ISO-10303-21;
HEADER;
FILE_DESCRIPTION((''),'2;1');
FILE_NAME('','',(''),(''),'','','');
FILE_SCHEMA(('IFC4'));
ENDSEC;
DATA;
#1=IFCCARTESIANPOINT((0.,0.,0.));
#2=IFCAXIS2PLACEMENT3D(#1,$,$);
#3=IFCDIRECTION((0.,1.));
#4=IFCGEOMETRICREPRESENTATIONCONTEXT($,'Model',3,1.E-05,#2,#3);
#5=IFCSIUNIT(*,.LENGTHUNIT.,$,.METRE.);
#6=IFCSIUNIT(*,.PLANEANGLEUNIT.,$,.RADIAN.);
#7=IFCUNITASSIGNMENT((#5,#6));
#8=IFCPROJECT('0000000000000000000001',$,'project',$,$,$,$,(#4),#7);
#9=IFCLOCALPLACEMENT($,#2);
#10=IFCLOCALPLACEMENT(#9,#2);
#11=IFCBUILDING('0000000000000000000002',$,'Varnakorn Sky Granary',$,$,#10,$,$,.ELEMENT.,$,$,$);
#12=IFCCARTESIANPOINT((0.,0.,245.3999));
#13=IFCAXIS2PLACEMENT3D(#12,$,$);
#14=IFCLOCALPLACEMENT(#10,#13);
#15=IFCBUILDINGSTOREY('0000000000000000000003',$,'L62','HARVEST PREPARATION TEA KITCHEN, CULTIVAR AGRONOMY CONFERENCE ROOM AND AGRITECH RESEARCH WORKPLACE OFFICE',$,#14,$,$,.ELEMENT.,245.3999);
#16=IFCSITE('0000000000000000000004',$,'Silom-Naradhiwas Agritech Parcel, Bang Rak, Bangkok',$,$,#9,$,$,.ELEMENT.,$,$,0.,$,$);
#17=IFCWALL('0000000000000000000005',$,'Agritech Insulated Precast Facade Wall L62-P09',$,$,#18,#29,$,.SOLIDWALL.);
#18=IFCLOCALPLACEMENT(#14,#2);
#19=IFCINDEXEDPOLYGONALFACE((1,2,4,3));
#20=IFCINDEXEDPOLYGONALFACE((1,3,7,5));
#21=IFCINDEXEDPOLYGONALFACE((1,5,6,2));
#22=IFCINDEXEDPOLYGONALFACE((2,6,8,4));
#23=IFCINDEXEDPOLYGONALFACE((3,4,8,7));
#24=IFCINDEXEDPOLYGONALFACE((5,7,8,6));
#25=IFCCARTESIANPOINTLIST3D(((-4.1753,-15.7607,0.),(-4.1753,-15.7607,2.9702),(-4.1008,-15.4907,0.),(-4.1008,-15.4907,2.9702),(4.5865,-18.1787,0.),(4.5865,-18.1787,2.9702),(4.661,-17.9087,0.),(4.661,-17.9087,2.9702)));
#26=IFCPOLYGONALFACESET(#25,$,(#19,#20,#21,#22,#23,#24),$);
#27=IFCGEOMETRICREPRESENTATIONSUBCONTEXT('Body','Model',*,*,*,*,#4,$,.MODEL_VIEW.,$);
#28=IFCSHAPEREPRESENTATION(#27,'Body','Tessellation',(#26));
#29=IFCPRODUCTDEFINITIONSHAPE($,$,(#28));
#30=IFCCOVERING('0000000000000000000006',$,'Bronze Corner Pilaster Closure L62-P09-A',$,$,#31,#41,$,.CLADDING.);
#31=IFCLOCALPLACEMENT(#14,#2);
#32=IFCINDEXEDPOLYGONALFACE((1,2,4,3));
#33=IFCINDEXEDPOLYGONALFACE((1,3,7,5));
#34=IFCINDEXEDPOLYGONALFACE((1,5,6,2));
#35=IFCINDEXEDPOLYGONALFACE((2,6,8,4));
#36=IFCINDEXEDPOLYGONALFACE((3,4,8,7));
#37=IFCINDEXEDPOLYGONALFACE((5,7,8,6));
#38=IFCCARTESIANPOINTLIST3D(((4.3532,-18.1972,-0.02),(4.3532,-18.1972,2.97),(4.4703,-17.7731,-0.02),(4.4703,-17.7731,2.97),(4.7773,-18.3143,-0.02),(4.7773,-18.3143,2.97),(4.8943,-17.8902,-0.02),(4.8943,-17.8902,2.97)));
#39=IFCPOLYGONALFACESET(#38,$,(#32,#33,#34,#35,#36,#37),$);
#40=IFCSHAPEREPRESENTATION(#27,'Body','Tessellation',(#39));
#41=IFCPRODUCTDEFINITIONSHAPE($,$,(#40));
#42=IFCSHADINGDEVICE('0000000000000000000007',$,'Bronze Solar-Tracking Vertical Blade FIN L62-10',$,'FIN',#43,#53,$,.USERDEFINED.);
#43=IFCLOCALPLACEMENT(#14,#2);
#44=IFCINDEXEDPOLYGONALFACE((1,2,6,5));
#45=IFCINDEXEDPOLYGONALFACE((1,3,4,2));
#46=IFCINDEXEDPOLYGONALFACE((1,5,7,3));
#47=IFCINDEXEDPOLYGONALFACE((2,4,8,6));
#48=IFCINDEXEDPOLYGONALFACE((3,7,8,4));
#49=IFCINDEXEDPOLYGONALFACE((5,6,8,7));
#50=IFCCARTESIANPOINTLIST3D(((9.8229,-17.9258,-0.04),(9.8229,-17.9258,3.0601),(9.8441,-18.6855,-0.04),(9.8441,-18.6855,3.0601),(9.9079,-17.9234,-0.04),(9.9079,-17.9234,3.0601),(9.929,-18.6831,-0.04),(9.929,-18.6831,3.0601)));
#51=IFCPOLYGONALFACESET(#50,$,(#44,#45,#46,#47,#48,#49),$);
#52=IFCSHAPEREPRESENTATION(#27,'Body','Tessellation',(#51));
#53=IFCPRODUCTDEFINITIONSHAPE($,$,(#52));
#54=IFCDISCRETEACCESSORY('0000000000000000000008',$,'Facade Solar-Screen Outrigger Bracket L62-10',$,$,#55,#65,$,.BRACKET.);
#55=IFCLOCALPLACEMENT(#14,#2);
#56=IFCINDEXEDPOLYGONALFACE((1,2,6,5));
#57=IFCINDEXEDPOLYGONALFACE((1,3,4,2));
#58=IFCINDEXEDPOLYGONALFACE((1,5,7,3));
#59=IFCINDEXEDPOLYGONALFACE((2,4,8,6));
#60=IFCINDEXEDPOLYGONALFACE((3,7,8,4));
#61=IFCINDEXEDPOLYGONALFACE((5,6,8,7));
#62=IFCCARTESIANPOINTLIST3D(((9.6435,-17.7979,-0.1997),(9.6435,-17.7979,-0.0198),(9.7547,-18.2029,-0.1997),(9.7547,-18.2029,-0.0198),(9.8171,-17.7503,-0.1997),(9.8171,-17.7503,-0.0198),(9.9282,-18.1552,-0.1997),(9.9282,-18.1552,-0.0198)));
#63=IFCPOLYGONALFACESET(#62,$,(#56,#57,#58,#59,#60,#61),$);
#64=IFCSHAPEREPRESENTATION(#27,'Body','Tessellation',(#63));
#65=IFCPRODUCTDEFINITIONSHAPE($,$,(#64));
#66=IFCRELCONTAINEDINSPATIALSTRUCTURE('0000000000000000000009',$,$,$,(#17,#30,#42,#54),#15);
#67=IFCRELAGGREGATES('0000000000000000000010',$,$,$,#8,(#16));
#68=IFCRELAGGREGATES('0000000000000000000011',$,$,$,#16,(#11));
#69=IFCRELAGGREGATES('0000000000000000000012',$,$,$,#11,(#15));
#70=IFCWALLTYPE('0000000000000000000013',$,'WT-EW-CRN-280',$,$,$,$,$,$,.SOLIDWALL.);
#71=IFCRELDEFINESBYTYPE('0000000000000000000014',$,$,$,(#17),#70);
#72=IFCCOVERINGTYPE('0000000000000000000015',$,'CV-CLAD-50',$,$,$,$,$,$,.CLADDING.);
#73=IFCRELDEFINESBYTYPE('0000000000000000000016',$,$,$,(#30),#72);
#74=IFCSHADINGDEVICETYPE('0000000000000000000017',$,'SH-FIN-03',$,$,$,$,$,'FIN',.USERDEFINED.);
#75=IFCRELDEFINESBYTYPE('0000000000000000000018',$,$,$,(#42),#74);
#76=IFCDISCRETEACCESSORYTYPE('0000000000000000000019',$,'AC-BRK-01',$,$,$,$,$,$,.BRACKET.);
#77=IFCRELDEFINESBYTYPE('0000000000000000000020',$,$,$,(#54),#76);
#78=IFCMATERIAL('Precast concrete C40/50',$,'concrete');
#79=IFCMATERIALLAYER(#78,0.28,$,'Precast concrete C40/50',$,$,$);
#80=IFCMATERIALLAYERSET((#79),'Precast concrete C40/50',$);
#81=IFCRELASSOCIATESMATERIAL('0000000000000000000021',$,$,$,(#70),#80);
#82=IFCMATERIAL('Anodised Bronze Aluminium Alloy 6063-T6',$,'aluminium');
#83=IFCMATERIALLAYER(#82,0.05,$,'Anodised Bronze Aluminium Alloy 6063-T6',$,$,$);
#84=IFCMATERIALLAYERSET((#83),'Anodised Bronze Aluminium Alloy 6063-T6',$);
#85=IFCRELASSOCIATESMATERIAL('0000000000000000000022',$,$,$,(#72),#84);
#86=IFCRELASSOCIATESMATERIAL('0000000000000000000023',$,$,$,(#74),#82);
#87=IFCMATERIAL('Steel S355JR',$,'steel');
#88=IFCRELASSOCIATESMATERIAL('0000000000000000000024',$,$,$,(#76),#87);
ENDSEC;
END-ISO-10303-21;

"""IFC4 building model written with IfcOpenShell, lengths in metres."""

from ifc_helpers import new_model, si_unit, direction, frame, frame_2d, origin, origin_2d, place, context, subcontext, project, spatial, rectangle, extrude, source, transform, mapped, material, layer, layer_set, type_object, type_shapes, element, save


model = new_model("IFC4")

# Units and contexts
model_context = context("Model", 3, precision=1e-05, world=origin(), true_north=direction((0.0, 1.0)))
body_context = subcontext(model_context, "Body", "Model", "MODEL_VIEW")
ifc_project = project(units=[si_unit("LENGTHUNIT", "METRE"), si_unit("PLANEANGLEUNIT", "RADIAN")], contexts=[model_context])

# Site, building, storey
site_placement = place(None, origin())
site = spatial("IfcSite", under=ifc_project, at=site_placement, Name="Silom-Naradhiwas Agritech Parcel, Bang Rak, Bangkok", CompositionType="ELEMENT", RefElevation=0.0)
building_placement = place(site_placement, origin())
building = spatial("IfcBuilding", under=site, at=building_placement, Name="Varnakorn Sky Granary", CompositionType="ELEMENT")
storey_placement = place(building_placement, frame((0.0, 0.0, 245.3999)))
storey = spatial("IfcBuildingStorey", under=building, at=storey_placement, Name="L62", Description="HARVEST PREPARATION TEA KITCHEN, CULTIVAR AGRONOMY CONFERENCE ROOM AND AGRITECH RESEARCH WORKPLACE OFFICE", CompositionType="ELEMENT", Elevation=245.3999)

# Shared definitions
ifc_material_1 = material(Name="Steel S355JR", Category="steel")

# Shared definitions
ifc_material_2 = material(Name="Anodised Bronze Aluminium Alloy 6063-T6", Category="aluminium")

# Wall
ifc_material_3 = material(Name="Precast concrete C40/50", Category="concrete")
ifc_layer_1 = layer(ifc_material_3, 0.28, Name="Precast concrete C40/50")
ifc_layer_set_1 = layer_set([ifc_layer_1], Name="Precast concrete C40/50")
wall_type = type_object("IfcWallType", Name="WT-EW-CRN-280", PredefinedType="SOLIDWALL", material=ifc_layer_set_1)
wall_placement = place(storey_placement, frame((4.6238, -18.0437, 0.0), z_axis=(0.0, 0.0, 1.0), x_axis=(-0.963966, 0.266025, 0.0)))
element("IfcWall", 1, at=wall_placement, inside=storey, type_object=wall_type, Name="Agritech Insulated Precast Facade Wall L62-P09", PredefinedType="SOLIDWALL", context=body_context, shape_type="SweptSolid", body=[
    extrude(rectangle(XDim=9.0894, YDim=0.28, at=frame_2d((4.5447, 0.0))), origin(), (0.0, 0.0, 1.0), 2.9702),
])

# Covering
ifc_layer_2 = layer(ifc_material_2, 0.05, Name="Anodised Bronze Aluminium Alloy 6063-T6")
ifc_layer_set_2 = layer_set([ifc_layer_2], Name="Anodised Bronze Aluminium Alloy 6063-T6")
covering_type = type_object("IfcCoveringType", Name="CV-CLAD-50", PredefinedType="CLADDING", material=ifc_layer_set_2)
shared_shape_1 = source(origin(), body_context, "Body", "SweptSolid", [
    extrude(rectangle(XDim=0.4399, YDim=0.4399, at=origin_2d()), origin(), (0.0, 0.0, 1.0), 2.99),
])
type_shapes(covering_type, [shared_shape_1])
covering_placement = place(storey_placement, frame((4.6238, -18.0437, -0.02), z_axis=(0.0, 0.0, 1.0), x_axis=(-0.963956, 0.266061, 0.0)))
element("IfcCovering", 2, at=covering_placement, inside=storey, type_object=covering_type, Name="Bronze Corner Pilaster Closure L62-P09-A", PredefinedType="CLADDING", context=body_context, shape_type="MappedRepresentation", body=[
    mapped(shared_shape_1, transform((0.0, 0.0, 0.0), x_axis=(1.0, 0.0, 0.0), y_axis=(0.0, 1.0, 0.0), z_axis=(0.0, 0.0, 1.0), scale=1.0)),
])

# Shading device
shading_device_type = type_object("IfcShadingDeviceType", Name="SH-FIN-03", ElementType="FIN", PredefinedType="USERDEFINED", material=ifc_material_2)
shared_shape_2 = source(origin(), body_context, "Body", "SweptSolid", [
    extrude(rectangle(XDim=0.085, YDim=0.76, at=origin_2d()), origin(), (0.0, 0.0, 1.0), 3.1001),
])
type_shapes(shading_device_type, [shared_shape_2])
shading_device_placement = place(storey_placement, frame((9.876, -18.3044, -0.04), z_axis=(0.0, 0.0, 1.0), x_axis=(0.999612, 0.027866, 0.0)))
element("IfcShadingDevice", 3, at=shading_device_placement, inside=storey, type_object=shading_device_type, Name="Bronze Solar-Tracking Vertical Blade FIN L62-10", ObjectType="FIN", PredefinedType="USERDEFINED", context=body_context, shape_type="MappedRepresentation", body=[
    mapped(shared_shape_2, transform((0.0, 0.0, 0.0), x_axis=(1.0, 0.0, 0.0), y_axis=(0.0, 1.0, 0.0), z_axis=(0.0, 0.0, 1.0), scale=1.0)),
])

# Discrete accessory
discrete_accessory_type = type_object("IfcDiscreteAccessoryType", Name="AC-BRK-01", PredefinedType="BRACKET", material=ifc_material_1)
shared_shape_3 = source(origin(), body_context, "Body", "SweptSolid", [
    extrude(rectangle(XDim=0.1799, YDim=0.4199, at=origin_2d()), origin(), (0.0, 0.0, 1.0), 0.1799),
])
type_shapes(discrete_accessory_type, [shared_shape_3])
discrete_accessory_placement = place(storey_placement, frame((9.7859, -17.9766, -0.1997), z_axis=(0.0, 0.0, 1.0), x_axis=(0.964311, 0.264773, 0.0)))
element("IfcDiscreteAccessory", 4, at=discrete_accessory_placement, inside=storey, type_object=discrete_accessory_type, Name="Facade Solar-Screen Outrigger Bracket L62-10", PredefinedType="BRACKET", context=body_context, shape_type="MappedRepresentation", body=[
    mapped(shared_shape_3, transform((0.0, 0.0, 0.0), x_axis=(1.0, 0.0, 0.0), y_axis=(0.0, 1.0, 0.0), z_axis=(0.0, 0.0, 1.0), scale=1.0)),
])

save(model, "model.ifc")
